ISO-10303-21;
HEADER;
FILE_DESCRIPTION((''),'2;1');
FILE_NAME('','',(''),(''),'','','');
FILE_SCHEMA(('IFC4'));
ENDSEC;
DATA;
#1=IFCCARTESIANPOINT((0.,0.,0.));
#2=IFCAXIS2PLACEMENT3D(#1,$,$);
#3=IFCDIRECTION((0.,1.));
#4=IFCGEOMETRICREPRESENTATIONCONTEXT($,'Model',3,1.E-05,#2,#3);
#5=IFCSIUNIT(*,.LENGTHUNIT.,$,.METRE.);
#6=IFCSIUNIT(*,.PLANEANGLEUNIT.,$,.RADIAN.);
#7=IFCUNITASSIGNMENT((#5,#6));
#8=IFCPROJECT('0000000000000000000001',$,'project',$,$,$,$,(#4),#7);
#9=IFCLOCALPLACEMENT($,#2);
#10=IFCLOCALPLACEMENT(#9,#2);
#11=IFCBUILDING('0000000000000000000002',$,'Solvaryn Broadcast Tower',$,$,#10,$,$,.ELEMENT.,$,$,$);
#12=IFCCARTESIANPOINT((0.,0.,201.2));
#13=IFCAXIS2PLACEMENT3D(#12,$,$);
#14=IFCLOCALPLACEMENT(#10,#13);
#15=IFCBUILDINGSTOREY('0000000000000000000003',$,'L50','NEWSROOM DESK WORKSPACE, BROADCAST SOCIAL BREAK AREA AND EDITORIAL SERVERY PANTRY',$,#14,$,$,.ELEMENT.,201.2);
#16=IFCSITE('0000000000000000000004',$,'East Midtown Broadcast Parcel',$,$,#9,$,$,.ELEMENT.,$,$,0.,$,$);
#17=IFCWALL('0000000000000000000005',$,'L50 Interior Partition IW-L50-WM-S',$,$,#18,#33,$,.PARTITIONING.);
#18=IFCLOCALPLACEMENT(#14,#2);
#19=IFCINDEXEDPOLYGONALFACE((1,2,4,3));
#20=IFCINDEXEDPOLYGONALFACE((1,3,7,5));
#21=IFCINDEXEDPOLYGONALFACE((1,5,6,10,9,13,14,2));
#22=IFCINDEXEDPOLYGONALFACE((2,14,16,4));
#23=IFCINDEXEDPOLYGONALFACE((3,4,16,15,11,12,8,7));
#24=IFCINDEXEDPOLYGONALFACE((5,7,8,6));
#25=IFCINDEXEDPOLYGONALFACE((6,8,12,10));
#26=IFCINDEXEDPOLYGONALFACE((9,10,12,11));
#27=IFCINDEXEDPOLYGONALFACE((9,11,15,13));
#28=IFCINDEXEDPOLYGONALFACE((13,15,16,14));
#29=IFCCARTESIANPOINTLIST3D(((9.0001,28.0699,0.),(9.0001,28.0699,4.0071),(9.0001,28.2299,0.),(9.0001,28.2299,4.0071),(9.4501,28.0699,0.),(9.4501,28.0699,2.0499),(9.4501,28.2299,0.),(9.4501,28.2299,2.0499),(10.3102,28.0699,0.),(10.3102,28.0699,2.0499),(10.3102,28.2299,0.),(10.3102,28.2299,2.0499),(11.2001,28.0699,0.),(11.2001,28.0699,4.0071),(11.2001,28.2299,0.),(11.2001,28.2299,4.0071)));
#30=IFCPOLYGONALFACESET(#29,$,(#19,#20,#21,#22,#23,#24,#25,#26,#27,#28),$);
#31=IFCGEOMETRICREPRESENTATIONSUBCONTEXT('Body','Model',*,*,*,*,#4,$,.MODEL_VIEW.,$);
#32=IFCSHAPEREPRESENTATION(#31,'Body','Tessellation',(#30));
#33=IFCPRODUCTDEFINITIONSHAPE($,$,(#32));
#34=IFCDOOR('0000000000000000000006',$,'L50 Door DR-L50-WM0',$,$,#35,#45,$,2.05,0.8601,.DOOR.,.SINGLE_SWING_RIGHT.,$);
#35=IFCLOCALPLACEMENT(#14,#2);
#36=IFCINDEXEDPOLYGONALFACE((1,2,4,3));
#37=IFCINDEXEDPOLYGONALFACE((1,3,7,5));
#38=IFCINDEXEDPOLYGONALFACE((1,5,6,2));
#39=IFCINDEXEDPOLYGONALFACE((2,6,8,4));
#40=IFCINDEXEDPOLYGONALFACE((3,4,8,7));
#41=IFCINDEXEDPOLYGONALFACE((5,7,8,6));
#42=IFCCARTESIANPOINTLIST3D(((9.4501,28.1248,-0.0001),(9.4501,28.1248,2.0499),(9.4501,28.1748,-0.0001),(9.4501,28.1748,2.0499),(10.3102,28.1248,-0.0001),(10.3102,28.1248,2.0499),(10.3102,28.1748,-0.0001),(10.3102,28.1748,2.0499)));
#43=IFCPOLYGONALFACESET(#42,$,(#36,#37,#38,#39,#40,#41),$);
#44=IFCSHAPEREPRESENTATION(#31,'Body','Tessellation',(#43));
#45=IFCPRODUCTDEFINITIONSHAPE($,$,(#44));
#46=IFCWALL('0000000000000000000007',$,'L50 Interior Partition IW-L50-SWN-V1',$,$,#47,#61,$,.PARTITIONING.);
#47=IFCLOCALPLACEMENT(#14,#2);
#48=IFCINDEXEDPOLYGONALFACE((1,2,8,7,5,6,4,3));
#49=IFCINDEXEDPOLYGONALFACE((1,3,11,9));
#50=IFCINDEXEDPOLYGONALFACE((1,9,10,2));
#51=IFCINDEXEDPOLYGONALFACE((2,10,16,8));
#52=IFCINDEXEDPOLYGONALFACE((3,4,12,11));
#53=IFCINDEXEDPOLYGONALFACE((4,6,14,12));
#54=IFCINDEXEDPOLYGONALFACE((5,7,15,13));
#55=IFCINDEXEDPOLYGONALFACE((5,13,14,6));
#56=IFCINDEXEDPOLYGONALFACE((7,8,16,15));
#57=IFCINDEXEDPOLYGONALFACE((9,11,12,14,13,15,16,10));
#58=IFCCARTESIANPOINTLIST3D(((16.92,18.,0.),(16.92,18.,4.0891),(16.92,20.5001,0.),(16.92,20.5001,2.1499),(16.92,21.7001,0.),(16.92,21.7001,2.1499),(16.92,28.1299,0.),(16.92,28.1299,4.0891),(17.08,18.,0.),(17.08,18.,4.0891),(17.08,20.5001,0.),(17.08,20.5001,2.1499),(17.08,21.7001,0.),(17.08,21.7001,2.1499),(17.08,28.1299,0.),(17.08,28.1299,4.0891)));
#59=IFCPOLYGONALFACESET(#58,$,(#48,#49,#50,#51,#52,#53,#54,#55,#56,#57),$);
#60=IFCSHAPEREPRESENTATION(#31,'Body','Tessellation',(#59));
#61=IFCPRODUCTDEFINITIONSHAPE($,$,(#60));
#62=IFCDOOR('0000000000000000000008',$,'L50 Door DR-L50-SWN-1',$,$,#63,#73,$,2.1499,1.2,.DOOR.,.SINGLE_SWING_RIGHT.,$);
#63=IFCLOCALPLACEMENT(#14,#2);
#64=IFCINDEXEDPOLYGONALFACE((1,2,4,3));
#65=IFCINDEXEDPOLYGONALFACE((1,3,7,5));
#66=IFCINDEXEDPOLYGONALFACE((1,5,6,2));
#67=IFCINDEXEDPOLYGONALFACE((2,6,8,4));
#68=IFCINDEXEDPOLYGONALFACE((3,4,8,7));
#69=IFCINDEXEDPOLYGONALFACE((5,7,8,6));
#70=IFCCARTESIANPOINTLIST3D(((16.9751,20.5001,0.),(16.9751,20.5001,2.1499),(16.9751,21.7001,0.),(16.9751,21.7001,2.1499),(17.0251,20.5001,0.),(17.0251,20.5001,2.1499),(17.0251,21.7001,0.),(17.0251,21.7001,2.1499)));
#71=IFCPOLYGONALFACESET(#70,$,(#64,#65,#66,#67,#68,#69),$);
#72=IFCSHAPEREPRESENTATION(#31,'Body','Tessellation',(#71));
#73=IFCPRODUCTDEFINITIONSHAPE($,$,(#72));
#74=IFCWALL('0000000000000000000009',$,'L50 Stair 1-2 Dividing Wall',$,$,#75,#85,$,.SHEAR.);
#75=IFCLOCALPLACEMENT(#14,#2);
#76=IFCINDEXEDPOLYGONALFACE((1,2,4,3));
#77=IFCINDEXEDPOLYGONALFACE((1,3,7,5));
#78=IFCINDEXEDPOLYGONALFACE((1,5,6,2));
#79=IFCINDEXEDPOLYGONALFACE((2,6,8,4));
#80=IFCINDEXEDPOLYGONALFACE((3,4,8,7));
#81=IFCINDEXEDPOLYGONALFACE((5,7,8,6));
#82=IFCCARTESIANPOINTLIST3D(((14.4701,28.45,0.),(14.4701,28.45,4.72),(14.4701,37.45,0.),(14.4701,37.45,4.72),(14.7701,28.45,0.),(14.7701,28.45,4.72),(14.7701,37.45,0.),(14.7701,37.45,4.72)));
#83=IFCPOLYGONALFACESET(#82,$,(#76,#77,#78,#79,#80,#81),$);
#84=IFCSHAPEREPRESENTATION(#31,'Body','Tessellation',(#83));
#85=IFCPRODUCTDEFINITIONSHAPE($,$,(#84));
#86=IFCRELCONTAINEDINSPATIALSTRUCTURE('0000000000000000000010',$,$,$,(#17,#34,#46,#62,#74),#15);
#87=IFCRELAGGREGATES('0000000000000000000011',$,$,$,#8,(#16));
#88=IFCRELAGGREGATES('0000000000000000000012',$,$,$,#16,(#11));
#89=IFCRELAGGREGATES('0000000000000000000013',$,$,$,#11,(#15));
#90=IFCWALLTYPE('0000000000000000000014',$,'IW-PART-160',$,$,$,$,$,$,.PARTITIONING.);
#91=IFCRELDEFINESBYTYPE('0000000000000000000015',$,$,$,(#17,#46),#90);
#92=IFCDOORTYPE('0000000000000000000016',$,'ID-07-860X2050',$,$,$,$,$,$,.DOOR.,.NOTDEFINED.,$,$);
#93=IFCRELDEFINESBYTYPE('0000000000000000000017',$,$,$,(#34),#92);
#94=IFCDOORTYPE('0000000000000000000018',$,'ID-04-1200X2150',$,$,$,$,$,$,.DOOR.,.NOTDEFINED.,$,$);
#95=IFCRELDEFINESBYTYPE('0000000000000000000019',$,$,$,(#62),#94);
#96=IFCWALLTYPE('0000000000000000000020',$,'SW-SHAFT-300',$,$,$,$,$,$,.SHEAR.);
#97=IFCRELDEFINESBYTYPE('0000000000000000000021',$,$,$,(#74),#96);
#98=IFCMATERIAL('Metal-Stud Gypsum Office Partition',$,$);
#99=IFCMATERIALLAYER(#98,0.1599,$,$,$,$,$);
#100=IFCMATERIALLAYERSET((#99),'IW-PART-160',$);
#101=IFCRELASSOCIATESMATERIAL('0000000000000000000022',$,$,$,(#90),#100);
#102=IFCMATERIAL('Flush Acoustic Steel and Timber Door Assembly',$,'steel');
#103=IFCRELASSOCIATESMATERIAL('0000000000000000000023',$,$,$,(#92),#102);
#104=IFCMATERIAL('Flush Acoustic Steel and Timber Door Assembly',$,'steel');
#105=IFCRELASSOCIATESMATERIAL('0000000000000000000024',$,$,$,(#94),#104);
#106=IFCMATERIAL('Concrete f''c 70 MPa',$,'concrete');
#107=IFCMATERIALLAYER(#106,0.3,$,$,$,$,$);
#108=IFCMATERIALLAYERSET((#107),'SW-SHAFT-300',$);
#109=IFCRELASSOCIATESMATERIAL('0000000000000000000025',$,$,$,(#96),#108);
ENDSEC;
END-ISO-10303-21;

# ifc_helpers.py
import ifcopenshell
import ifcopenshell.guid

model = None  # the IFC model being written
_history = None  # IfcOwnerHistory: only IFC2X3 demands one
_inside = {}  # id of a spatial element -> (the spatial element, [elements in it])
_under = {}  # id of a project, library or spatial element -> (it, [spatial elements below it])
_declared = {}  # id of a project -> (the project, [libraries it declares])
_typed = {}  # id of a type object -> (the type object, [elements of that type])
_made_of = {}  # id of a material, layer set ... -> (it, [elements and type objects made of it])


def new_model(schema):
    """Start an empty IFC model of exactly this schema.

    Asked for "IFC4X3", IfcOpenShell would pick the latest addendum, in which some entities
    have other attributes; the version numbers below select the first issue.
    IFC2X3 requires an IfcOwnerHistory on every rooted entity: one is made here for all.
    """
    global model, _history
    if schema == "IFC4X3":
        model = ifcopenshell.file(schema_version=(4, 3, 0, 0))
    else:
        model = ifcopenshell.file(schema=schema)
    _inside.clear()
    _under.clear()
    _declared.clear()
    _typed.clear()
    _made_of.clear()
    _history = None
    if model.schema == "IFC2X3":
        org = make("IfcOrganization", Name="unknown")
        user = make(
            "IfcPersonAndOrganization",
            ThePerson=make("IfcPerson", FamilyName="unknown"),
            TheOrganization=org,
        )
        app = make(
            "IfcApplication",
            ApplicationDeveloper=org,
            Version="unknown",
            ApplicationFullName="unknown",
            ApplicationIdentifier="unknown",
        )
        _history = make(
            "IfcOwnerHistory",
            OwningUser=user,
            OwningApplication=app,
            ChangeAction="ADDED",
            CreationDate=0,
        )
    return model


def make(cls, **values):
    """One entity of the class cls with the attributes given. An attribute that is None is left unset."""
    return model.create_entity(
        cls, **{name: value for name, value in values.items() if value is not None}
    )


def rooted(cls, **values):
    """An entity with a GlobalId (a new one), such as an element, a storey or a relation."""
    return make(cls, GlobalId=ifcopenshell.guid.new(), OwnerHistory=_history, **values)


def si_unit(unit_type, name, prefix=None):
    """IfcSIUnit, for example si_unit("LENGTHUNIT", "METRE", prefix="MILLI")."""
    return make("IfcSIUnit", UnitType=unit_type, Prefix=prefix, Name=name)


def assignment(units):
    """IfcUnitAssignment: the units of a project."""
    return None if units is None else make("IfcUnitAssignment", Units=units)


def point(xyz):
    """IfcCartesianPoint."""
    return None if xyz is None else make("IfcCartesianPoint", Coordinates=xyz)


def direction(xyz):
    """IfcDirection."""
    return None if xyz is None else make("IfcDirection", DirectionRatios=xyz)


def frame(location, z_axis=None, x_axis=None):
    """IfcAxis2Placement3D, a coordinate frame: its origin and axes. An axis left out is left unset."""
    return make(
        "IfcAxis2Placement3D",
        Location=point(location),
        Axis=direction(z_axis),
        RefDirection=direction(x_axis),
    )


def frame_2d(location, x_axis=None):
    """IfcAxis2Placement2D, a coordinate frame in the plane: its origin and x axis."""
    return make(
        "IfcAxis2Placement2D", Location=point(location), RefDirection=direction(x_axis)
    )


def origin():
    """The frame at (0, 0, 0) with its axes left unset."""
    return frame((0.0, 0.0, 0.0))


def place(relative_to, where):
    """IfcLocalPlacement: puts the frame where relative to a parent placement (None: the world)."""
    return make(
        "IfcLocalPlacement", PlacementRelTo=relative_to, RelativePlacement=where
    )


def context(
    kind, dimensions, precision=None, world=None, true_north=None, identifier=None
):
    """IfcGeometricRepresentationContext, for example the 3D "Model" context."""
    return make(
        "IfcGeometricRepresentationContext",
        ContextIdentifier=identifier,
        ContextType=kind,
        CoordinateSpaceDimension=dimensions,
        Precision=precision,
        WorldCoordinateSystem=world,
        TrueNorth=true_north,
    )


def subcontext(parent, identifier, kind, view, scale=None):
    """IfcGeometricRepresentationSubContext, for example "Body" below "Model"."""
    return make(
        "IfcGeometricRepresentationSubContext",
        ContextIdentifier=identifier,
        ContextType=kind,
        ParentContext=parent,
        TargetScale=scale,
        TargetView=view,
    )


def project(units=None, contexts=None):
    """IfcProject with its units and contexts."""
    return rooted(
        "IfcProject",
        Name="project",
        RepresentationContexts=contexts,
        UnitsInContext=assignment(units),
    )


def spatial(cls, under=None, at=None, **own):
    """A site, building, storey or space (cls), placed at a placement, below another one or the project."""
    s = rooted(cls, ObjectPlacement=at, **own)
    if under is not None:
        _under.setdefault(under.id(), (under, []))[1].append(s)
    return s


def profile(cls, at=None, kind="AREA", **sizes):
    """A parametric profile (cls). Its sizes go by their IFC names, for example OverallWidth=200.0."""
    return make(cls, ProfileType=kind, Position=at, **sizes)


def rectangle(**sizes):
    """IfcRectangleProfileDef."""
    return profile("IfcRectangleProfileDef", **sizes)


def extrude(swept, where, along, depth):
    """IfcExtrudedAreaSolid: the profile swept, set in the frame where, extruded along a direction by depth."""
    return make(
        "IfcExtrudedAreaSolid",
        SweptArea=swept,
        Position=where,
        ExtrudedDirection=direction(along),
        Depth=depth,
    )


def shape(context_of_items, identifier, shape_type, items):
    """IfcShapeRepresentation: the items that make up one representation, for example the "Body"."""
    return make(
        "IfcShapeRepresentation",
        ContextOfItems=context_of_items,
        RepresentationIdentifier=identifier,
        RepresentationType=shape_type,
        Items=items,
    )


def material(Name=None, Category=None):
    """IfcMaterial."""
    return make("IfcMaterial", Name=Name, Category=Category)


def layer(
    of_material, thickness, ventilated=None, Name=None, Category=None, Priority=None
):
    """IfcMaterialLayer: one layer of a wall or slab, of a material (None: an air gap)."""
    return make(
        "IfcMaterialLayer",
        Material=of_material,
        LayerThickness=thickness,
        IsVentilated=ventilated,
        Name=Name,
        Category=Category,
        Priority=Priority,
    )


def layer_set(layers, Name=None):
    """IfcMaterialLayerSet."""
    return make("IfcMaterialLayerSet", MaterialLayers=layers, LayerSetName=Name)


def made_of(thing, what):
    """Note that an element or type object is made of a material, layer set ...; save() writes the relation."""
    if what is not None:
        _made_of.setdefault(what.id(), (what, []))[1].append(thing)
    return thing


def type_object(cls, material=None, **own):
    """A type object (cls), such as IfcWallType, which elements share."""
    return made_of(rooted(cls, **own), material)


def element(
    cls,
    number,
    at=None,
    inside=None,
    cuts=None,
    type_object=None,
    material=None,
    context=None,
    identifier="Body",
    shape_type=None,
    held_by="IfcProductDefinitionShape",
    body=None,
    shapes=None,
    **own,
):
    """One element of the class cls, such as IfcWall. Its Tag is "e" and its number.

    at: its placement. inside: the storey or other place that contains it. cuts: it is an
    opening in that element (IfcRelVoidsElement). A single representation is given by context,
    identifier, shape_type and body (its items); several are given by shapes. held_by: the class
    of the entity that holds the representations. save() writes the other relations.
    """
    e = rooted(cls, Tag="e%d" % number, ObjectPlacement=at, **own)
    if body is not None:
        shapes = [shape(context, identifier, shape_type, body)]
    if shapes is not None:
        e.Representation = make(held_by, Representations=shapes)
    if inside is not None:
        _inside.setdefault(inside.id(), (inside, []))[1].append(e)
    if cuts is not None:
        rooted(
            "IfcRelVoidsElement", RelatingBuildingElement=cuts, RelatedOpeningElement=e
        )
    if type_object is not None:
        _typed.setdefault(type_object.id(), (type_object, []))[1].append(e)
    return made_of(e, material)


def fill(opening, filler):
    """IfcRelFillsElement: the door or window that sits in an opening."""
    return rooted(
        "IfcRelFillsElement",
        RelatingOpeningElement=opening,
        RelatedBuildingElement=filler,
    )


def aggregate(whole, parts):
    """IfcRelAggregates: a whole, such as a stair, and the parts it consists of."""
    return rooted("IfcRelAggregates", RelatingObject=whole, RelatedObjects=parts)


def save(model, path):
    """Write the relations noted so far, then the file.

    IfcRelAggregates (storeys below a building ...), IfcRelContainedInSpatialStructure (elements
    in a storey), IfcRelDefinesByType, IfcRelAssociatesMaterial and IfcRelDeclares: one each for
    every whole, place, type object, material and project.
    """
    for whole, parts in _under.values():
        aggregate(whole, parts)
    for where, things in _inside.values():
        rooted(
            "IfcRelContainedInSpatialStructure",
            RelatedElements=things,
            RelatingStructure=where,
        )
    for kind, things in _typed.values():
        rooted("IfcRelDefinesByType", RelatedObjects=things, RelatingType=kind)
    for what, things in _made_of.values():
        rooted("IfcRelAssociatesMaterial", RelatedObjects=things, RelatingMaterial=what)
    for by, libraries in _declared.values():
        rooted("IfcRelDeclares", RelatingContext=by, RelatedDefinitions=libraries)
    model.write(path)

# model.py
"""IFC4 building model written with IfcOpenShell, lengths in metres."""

from ifc_helpers import new_model, si_unit, direction, frame, frame_2d, origin, place, context, subcontext, project, spatial, rectangle, extrude, material, layer, layer_set, type_object, element, fill, save


model = new_model("IFC4")

# Units and contexts
model_context = context("Model", 3, precision=1e-05, world=origin(), true_north=direction((0.0, 1.0)))
body_context = subcontext(model_context, "Body", "Model", "MODEL_VIEW")
ifc_project = project(units=[si_unit("LENGTHUNIT", "METRE"), si_unit("PLANEANGLEUNIT", "RADIAN")], contexts=[model_context])

# Site, building, storey
site_placement = place(None, origin())
site = spatial("IfcSite", under=ifc_project, at=site_placement, Name="East Midtown Broadcast Parcel", CompositionType="ELEMENT", RefElevation=0.0)
building_placement = place(site_placement, origin())
building = spatial("IfcBuilding", under=site, at=building_placement, Name="Solvaryn Broadcast Tower", CompositionType="ELEMENT")
storey_placement = place(building_placement, frame((0.0, 0.0, 201.2)))
storey = spatial("IfcBuildingStorey", under=building, at=storey_placement, Name="L50", Description="NEWSROOM DESK WORKSPACE, BROADCAST SOCIAL BREAK AREA AND EDITORIAL SERVERY PANTRY", CompositionType="ELEMENT", Elevation=201.2)

# Walls, openings, doors
ifc_material_1 = material(Name="Metal-Stud Gypsum Office Partition")
ifc_layer_1 = layer(ifc_material_1, 0.1599)
ifc_layer_set_1 = layer_set([ifc_layer_1], Name="IW-PART-160")
wall_type_1 = type_object("IfcWallType", Name="IW-PART-160", PredefinedType="PARTITIONING", material=ifc_layer_set_1)
wall_1_placement = place(storey_placement, frame((9.0, 28.1499, 0.0), z_axis=(0.0, 0.0, 1.0), x_axis=(1.0, 0.0, 0.0)))
wall_1 = element("IfcWall", 1, at=wall_1_placement, inside=storey, type_object=wall_type_1, Name="L50 Interior Partition IW-L50-WM-S", PredefinedType="PARTITIONING", context=body_context, shape_type="SweptSolid", body=[
    extrude(rectangle(XDim=2.2, YDim=0.1599, at=frame_2d((1.1001, 0.0))), origin(), (0.0, 0.0, 1.0), 4.0071),
])
opening_1_placement = place(wall_1_placement, frame((0.45, 0.0, 0.0)))
opening_1 = element("IfcOpeningElement", 2, at=opening_1_placement, cuts=wall_1, PredefinedType="OPENING", context=body_context, shape_type="SweptSolid", body=[
    extrude(rectangle(XDim=0.8601, YDim=2.05, at=frame_2d((0.4302, 1.0249))), frame((0.0, 0.0901, 0.0), z_axis=(0.0, -1.0, 0.0), x_axis=(1.0, 0.0, 0.0)), (0.0, 0.0, 1.0), 0.1799),
])
ifc_material_2 = material(Name="Flush Acoustic Steel and Timber Door Assembly", Category="steel")
door_type_1 = type_object("IfcDoorType", Name="ID-07-860X2050", OperationType="NOTDEFINED", PredefinedType="DOOR", material=ifc_material_2)
door_1_placement = place(opening_1_placement, origin())
door_1 = element("IfcDoor", 3, at=door_1_placement, inside=storey, type_object=door_type_1, Name="L50 Door DR-L50-WM0", OperationType="SINGLE_SWING_RIGHT", OverallHeight=2.05, OverallWidth=0.8601, PredefinedType="DOOR", context=body_context, shape_type="SweptSolid", body=[
    extrude(rectangle(XDim=0.8601, YDim=2.05, at=frame_2d((0.4302, 1.0249))), frame((0.0, 0.0249, 0.0), z_axis=(0.0, -1.0, 0.0), x_axis=(1.0, 0.0, 0.0)), (0.0, 0.0, 1.0), 0.05),
])
fill(opening_1, door_1)
wall_2_placement = place(storey_placement, frame((17.0, 18.0, 0.0), z_axis=(0.0, 0.0, 1.0), x_axis=(0.0, 1.0, 0.0)))
wall_2 = element("IfcWall", 4, at=wall_2_placement, inside=storey, type_object=wall_type_1, Name="L50 Interior Partition IW-L50-SWN-V1", PredefinedType="PARTITIONING", context=body_context, shape_type="SweptSolid", body=[
    extrude(rectangle(XDim=10.1299, YDim=0.1599, at=frame_2d((5.0649, 0.0))), origin(), (0.0, 0.0, 1.0), 4.0891),
])
opening_2_placement = place(wall_2_placement, frame((2.5, 0.0, 0.0)))
opening_2 = element("IfcOpeningElement", 5, at=opening_2_placement, cuts=wall_2, PredefinedType="OPENING", context=body_context, shape_type="SweptSolid", body=[
    extrude(rectangle(XDim=1.2, YDim=2.1499, at=frame_2d((0.6001, 1.075))), frame((0.0, 0.0901, 0.0), z_axis=(0.0, -1.0, 0.0), x_axis=(1.0, 0.0, 0.0)), (0.0, 0.0, 1.0), 0.1799),
])
ifc_material_3 = material(Name="Flush Acoustic Steel and Timber Door Assembly", Category="steel")
door_type_2 = type_object("IfcDoorType", Name="ID-04-1200X2150", OperationType="NOTDEFINED", PredefinedType="DOOR", material=ifc_material_3)
door_2_placement = place(opening_2_placement, origin())
door_2 = element("IfcDoor", 6, at=door_2_placement, inside=storey, type_object=door_type_2, Name="L50 Door DR-L50-SWN-1", OperationType="SINGLE_SWING_RIGHT", OverallHeight=2.1499, OverallWidth=1.2, PredefinedType="DOOR", context=body_context, shape_type="SweptSolid", body=[
    extrude(rectangle(XDim=1.2, YDim=2.1499, at=frame_2d((0.6001, 1.075))), frame((0.0, 0.0249, 0.0), z_axis=(0.0, -1.0, 0.0), x_axis=(1.0, 0.0, 0.0)), (0.0, 0.0, 1.0), 0.05),
])
fill(opening_2, door_2)

# Wall
ifc_material_4 = material(Name="Concrete f'c 70 MPa", Category="concrete")
ifc_layer_2 = layer(ifc_material_4, 0.3)
ifc_layer_set_2 = layer_set([ifc_layer_2], Name="SW-SHAFT-300")
wall_type_2 = type_object("IfcWallType", Name="SW-SHAFT-300", PredefinedType="SHEAR", material=ifc_layer_set_2)
wall_3_placement = place(storey_placement, frame((14.6201, 28.45, 0.0), z_axis=(0.0, 0.0, 1.0), x_axis=(0.0, 1.0, 0.0)))
element("IfcWall", 7, at=wall_3_placement, inside=storey, type_object=wall_type_2, Name="L50 Stair 1-2 Dividing Wall", PredefinedType="SHEAR", context=body_context, shape_type="SweptSolid", body=[
    extrude(rectangle(XDim=9.0, YDim=0.3, at=frame_2d((4.5, 0.0))), origin(), (0.0, 0.0, 1.0), 4.72),
])

save(model, "model.ifc")
